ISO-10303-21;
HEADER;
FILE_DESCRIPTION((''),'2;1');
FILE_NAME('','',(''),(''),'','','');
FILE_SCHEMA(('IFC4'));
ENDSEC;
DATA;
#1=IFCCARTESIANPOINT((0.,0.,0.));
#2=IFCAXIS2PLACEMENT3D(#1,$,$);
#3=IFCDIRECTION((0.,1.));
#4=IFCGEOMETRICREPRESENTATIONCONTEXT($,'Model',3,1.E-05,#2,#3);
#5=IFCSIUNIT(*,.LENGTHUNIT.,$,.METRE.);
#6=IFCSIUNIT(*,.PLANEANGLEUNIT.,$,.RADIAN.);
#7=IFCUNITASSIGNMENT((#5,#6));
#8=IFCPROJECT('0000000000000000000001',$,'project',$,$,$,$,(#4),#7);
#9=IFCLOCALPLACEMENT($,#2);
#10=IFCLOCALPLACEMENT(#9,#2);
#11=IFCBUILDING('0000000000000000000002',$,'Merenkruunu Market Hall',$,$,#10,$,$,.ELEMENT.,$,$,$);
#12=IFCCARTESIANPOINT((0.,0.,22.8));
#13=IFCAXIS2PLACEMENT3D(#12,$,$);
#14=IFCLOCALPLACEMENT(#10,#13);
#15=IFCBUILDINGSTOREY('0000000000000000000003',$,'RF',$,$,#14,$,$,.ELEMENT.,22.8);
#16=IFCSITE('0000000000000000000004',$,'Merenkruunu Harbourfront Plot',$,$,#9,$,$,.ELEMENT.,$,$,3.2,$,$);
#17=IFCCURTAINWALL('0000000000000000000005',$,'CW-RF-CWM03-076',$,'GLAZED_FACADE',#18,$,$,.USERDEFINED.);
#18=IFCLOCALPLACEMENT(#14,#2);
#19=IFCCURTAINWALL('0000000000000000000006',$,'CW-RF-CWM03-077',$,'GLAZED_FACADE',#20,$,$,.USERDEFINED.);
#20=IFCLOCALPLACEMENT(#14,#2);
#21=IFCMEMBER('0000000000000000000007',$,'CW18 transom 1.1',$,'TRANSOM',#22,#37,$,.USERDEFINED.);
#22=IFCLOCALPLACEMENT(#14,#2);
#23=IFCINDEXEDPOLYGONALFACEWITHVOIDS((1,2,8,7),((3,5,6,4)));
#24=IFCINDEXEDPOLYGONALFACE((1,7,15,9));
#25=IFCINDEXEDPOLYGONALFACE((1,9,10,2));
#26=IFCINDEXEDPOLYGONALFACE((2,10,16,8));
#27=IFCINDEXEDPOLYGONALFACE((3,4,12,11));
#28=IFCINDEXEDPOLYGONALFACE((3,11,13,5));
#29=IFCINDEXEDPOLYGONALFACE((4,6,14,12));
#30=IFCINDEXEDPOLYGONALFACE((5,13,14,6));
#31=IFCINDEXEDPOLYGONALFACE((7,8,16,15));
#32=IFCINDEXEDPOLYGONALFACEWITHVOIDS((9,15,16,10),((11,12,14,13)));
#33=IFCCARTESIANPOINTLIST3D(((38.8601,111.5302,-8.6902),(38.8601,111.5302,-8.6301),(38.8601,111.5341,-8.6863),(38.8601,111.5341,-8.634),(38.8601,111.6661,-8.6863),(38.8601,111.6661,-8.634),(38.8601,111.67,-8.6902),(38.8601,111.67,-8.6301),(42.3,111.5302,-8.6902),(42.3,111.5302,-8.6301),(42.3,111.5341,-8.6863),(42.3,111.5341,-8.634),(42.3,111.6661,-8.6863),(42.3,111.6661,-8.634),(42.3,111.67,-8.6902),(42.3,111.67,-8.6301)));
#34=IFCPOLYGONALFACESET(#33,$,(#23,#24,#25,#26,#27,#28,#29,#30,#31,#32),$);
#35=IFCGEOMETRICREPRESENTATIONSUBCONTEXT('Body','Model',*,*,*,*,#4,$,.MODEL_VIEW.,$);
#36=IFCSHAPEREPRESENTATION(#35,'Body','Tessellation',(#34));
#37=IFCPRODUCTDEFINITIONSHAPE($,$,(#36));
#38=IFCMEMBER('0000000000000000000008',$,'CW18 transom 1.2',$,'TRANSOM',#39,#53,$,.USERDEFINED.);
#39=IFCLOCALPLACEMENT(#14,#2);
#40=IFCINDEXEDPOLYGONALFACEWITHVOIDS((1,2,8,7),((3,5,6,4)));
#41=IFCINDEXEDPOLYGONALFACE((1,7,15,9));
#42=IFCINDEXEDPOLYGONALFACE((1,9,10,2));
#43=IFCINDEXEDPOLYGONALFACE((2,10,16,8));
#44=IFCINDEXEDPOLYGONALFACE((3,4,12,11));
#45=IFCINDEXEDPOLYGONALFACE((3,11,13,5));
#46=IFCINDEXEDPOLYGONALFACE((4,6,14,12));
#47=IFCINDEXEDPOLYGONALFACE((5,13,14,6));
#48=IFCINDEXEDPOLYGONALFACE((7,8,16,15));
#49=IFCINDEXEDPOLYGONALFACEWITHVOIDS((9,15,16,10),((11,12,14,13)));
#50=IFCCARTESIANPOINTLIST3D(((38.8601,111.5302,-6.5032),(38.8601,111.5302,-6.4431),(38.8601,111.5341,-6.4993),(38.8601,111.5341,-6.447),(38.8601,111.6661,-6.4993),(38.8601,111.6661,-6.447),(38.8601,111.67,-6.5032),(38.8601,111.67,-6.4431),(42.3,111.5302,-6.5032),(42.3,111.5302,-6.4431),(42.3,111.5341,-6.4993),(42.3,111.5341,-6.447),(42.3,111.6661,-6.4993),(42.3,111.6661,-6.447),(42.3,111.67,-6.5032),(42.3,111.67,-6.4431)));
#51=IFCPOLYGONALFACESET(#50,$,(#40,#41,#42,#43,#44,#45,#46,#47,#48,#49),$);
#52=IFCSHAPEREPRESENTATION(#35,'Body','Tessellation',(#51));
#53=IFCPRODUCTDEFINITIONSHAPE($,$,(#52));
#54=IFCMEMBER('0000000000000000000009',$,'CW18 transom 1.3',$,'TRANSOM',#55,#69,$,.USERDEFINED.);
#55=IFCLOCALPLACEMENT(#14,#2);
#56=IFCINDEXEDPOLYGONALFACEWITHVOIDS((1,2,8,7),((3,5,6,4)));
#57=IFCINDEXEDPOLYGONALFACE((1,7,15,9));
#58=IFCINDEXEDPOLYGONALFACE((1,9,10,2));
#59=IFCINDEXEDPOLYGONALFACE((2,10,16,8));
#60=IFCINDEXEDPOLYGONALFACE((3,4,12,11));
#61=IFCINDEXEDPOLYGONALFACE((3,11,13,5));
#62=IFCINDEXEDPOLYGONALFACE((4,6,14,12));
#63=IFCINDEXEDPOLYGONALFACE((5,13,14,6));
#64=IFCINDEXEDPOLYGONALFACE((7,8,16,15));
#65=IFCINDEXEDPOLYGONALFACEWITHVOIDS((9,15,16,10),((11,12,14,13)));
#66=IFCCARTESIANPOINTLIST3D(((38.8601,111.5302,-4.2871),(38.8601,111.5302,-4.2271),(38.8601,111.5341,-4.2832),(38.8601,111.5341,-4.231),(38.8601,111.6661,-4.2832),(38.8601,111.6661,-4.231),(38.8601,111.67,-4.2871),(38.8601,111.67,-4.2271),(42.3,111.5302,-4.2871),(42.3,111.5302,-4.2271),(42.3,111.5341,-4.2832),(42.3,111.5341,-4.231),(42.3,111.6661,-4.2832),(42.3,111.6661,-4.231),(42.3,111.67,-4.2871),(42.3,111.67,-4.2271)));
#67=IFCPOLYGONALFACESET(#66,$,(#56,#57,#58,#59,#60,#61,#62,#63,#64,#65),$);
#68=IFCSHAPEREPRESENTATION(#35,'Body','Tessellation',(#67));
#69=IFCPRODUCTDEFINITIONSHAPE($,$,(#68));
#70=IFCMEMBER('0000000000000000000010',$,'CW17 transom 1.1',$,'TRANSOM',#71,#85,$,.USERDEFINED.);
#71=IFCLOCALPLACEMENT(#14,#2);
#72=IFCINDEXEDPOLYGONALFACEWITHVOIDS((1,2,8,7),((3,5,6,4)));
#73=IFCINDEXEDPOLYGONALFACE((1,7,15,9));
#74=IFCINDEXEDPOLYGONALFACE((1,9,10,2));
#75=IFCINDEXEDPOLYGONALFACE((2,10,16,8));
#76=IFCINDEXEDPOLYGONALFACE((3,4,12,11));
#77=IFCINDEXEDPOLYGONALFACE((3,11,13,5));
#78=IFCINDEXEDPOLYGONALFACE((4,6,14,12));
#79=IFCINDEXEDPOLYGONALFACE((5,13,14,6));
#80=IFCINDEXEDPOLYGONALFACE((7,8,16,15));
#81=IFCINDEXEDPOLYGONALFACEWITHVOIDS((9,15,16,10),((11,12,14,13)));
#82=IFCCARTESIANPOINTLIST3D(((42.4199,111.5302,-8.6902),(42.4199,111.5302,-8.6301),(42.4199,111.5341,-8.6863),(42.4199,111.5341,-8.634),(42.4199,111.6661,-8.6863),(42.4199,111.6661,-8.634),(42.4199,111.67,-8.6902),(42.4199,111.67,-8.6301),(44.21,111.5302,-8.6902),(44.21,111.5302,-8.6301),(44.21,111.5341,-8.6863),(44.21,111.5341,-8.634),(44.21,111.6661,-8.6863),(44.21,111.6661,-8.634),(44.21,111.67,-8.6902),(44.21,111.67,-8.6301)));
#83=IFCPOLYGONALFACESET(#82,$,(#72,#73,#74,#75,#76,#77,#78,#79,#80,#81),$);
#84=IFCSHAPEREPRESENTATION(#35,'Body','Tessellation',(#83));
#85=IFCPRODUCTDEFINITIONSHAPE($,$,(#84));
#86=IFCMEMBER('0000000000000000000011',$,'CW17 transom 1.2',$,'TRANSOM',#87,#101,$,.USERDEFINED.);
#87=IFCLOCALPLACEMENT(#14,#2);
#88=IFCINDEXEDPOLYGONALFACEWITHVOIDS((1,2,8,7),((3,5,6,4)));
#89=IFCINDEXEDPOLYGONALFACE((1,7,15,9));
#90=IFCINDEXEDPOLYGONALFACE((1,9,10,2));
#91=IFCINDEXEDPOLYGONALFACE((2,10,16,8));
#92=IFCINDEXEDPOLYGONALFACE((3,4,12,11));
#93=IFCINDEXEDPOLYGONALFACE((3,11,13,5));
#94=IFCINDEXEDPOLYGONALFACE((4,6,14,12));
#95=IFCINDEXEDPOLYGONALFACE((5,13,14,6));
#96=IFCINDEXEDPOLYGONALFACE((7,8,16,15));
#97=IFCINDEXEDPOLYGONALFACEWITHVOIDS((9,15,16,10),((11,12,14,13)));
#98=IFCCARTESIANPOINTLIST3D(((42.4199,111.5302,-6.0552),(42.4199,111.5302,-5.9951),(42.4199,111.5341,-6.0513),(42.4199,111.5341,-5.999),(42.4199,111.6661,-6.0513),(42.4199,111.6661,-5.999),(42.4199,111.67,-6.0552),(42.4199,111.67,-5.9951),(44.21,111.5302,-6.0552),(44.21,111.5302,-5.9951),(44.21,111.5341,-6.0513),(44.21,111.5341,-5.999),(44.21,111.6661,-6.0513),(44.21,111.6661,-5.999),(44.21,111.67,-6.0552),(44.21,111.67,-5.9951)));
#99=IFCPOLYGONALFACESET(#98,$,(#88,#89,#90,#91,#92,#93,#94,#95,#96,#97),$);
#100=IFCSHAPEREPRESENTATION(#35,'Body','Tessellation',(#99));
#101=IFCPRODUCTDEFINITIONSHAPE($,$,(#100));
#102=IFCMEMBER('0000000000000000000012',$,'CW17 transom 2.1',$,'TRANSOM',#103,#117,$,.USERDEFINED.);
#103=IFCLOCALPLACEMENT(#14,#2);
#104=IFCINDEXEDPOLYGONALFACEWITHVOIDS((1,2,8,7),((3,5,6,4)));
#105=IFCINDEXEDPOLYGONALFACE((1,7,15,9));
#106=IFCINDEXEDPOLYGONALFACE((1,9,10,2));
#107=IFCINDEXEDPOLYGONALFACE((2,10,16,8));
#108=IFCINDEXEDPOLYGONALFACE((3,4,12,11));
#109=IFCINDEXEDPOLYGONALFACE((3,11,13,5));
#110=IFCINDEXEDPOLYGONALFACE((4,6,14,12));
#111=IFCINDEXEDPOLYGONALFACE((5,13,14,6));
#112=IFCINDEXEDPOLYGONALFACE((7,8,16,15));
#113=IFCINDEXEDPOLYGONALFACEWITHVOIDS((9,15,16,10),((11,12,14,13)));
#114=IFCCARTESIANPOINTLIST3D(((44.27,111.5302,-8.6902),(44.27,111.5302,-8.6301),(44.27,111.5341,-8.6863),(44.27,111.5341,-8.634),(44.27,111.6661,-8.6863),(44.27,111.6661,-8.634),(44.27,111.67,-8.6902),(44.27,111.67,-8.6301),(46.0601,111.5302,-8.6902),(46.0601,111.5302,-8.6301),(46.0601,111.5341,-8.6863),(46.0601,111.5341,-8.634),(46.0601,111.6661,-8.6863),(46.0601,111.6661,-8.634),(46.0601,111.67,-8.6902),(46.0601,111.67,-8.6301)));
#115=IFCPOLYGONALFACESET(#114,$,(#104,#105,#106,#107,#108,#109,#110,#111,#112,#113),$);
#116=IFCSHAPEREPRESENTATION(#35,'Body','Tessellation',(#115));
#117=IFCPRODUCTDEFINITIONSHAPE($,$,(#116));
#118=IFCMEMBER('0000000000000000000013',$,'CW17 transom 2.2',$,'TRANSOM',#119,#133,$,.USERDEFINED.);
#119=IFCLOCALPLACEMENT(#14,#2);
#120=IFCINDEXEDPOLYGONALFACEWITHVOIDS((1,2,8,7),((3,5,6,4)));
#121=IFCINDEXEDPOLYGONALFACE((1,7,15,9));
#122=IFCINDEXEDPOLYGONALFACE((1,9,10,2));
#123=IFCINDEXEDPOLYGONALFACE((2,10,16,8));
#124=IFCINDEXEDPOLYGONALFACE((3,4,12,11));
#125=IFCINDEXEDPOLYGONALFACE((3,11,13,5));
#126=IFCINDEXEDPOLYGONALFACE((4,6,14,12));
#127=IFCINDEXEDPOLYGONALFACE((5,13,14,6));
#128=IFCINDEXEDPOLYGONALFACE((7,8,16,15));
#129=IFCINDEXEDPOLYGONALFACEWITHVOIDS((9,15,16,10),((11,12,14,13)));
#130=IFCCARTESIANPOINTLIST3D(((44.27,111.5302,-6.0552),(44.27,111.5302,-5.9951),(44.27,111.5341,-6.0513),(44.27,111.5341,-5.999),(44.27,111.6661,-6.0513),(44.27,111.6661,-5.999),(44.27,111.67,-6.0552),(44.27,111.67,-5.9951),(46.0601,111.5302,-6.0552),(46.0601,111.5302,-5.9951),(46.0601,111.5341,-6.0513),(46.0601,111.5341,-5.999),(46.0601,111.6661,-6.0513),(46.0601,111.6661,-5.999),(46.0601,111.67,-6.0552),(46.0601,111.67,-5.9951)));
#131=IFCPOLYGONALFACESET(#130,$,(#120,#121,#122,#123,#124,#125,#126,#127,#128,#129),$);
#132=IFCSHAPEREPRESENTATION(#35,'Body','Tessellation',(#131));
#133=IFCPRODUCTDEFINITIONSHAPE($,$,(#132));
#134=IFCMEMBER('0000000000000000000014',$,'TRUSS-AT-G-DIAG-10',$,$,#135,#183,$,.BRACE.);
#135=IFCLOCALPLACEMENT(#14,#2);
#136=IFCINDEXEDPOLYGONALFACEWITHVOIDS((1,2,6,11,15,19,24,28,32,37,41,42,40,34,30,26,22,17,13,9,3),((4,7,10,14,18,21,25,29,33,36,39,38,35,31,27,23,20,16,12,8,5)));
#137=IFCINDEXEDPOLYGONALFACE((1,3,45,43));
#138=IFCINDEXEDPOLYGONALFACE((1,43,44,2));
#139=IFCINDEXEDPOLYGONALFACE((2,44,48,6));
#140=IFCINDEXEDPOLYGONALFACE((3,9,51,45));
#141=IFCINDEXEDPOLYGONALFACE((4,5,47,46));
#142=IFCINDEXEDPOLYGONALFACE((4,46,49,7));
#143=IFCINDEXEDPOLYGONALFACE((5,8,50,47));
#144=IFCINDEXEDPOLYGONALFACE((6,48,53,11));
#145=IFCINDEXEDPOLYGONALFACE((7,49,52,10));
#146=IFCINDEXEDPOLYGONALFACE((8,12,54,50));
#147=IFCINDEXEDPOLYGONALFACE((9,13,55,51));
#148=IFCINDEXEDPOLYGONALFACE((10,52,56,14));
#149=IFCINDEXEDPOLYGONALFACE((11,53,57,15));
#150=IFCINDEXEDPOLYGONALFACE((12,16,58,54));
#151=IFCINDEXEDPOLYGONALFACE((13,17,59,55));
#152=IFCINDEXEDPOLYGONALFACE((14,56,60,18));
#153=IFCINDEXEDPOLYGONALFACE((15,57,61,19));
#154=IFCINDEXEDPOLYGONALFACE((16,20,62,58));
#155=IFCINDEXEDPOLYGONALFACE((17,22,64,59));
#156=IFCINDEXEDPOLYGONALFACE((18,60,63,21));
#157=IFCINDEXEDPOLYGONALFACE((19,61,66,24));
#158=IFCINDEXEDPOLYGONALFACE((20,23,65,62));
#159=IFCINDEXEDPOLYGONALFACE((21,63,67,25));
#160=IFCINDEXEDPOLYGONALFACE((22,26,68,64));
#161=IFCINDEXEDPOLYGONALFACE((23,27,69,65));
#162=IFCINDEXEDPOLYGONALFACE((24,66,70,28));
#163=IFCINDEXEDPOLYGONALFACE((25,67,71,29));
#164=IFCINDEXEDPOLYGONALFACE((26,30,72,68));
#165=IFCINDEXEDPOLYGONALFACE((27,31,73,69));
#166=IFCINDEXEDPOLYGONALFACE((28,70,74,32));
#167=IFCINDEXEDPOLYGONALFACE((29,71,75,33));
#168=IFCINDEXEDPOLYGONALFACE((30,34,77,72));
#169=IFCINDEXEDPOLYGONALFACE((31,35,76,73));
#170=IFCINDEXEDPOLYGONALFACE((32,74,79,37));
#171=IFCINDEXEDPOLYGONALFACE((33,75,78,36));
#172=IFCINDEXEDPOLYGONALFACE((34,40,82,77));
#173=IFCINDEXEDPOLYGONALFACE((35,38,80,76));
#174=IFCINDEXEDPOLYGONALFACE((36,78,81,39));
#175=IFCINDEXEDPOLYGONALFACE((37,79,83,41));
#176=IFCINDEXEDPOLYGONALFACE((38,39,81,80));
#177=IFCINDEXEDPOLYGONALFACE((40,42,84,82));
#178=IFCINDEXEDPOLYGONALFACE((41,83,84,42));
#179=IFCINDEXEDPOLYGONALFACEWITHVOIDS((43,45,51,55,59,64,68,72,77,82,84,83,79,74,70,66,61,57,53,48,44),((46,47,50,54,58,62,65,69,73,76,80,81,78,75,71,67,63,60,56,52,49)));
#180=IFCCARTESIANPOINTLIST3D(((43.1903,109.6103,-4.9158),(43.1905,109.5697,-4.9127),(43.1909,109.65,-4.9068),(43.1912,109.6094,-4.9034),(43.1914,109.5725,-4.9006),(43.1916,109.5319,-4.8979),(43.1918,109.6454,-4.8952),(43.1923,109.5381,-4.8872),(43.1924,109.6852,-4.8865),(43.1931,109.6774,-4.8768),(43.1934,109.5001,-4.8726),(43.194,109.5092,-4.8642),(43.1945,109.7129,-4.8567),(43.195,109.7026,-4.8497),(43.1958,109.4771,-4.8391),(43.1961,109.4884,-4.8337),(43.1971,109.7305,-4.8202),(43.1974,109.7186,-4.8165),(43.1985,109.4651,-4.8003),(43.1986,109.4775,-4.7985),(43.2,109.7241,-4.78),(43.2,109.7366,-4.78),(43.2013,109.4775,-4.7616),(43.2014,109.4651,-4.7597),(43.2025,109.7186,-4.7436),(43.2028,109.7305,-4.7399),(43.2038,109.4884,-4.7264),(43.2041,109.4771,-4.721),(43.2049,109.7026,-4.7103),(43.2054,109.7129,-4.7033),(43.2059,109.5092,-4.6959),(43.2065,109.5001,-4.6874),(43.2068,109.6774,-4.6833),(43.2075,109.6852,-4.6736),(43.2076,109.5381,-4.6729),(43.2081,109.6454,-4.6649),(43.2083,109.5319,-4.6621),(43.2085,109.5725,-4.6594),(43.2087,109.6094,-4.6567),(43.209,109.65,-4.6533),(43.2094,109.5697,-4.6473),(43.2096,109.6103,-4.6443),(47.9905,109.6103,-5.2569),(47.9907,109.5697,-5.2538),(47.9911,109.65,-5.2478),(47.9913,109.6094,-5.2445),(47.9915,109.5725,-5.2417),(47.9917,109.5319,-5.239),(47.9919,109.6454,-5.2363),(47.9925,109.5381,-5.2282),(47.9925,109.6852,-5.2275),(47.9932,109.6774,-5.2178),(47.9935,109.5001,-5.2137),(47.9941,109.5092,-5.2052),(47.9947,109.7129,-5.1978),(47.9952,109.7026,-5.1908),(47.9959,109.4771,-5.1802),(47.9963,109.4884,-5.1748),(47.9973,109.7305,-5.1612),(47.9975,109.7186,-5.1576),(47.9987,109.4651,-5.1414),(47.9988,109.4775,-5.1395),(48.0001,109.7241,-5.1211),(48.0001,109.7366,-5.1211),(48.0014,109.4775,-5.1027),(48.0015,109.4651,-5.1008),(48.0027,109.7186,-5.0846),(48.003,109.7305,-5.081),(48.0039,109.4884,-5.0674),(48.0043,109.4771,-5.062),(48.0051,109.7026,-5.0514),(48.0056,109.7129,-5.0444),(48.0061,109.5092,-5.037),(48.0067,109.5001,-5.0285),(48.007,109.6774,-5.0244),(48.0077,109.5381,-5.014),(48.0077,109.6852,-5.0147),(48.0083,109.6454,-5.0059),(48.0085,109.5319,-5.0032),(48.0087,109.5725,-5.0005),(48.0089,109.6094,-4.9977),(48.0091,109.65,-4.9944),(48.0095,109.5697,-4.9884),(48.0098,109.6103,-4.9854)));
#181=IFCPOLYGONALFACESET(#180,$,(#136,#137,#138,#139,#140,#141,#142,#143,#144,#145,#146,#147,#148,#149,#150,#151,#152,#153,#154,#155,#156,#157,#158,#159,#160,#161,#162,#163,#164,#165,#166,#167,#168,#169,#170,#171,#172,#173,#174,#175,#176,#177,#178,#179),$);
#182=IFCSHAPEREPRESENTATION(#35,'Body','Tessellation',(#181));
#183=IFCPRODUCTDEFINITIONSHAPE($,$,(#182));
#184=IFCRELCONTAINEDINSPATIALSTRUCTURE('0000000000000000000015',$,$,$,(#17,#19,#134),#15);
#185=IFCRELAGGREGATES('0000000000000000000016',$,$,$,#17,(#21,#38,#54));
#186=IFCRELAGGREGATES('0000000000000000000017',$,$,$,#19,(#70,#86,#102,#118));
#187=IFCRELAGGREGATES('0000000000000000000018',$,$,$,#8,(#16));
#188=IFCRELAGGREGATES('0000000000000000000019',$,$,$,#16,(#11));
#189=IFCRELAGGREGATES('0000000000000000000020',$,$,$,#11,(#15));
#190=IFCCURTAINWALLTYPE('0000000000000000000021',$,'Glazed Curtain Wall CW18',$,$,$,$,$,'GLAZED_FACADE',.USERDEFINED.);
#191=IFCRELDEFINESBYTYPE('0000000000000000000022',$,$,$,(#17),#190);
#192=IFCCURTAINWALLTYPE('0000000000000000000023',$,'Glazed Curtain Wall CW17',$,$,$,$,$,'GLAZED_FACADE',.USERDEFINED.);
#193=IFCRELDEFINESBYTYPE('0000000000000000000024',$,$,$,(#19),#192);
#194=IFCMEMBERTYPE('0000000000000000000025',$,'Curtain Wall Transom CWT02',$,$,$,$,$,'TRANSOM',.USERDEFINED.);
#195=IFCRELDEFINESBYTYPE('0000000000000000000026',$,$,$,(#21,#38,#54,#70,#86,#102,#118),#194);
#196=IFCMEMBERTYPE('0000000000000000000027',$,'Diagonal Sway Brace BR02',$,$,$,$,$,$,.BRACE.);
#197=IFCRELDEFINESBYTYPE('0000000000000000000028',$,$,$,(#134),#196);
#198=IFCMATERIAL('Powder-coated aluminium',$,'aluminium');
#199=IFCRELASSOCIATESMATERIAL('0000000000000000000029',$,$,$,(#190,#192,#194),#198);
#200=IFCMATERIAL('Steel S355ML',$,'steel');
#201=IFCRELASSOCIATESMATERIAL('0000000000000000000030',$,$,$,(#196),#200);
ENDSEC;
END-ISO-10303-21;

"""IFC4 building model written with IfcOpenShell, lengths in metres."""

from ifc_helpers import new_model, si_unit, direction, frame, origin, origin_2d, place, context, subcontext, project, spatial, hollow_rectangle, hollow_circle, extrude, material, material_profile, profile_set, type_object, element, aggregate, save


model = new_model("IFC4")

# Units and contexts
model_context = context("Model", 3, precision=1e-05, world=origin(), true_north=direction((0.0, 1.0)))
body_context = subcontext(model_context, "Body", "Model", "MODEL_VIEW")
ifc_project = project(units=[si_unit("LENGTHUNIT", "METRE"), si_unit("PLANEANGLEUNIT", "RADIAN")], contexts=[model_context])

# Site, building, storey
site_placement = place(None, origin())
site = spatial("IfcSite", under=ifc_project, at=site_placement, Name="Merenkruunu Harbourfront Plot", CompositionType="ELEMENT", RefElevation=3.2)
building_placement = place(site_placement, origin())
building = spatial("IfcBuilding", under=site, at=building_placement, Name="Merenkruunu Market Hall", CompositionType="ELEMENT")
storey_placement = place(building_placement, frame((0.0, 0.0, 22.8)))
storey = spatial("IfcBuildingStorey", under=building, at=storey_placement, Name="RF", CompositionType="ELEMENT", Elevation=22.8)

# Shared definitions
ifc_material_1 = material(Name="Steel S355ML", Category="steel")

# Shared definitions
ifc_material_2 = material(Name="Powder-coated aluminium", Category="aluminium")
curtain_wall_type_1 = type_object("IfcCurtainWallType", Name="Glazed Curtain Wall CW18", ElementType="GLAZED_FACADE", PredefinedType="USERDEFINED", material=ifc_material_2)

# Curtain walls
curtain_wall_1_placement = place(storey_placement, origin())
curtain_wall_1 = element("IfcCurtainWall", 1, at=curtain_wall_1_placement, inside=storey, type_object=curtain_wall_type_1, Name="CW-RF-CWM03-076", ObjectType="GLAZED_FACADE", PredefinedType="USERDEFINED")
curtain_wall_type_2 = type_object("IfcCurtainWallType", Name="Glazed Curtain Wall CW17", ElementType="GLAZED_FACADE", PredefinedType="USERDEFINED", material=ifc_material_2)
curtain_wall_2_placement = place(storey_placement, origin())
curtain_wall_2 = element("IfcCurtainWall", 2, at=curtain_wall_2_placement, inside=storey, type_object=curtain_wall_type_2, Name="CW-RF-CWM03-077", ObjectType="GLAZED_FACADE", PredefinedType="USERDEFINED")

# Members
ifc_material_profile_1 = material_profile(ifc_material_2, hollow_rectangle(XDim=0.0601, YDim=0.1399, WallThickness=0.0039, at=origin_2d()), Name="ALU 60x140x4")
ifc_profile_set_1 = profile_set([ifc_material_profile_1], Name="Powder-coated aluminium")
member_type_1 = type_object("IfcMemberType", Name="Curtain Wall Transom CWT02", ElementType="TRANSOM", PredefinedType="USERDEFINED", material=ifc_profile_set_1)
member_1_placement = place(storey_placement, frame((38.8601, 111.6001, -8.6602), z_axis=(1.0, 0.0, 0.0), x_axis=(0.0, 0.0, 1.0)))
member_1 = element("IfcMember", 3, at=member_1_placement, type_object=member_type_1, Name="CW18 transom 1.1", ObjectType="TRANSOM", PredefinedType="USERDEFINED", context=body_context, shape_type="SweptSolid", body=[
    extrude(hollow_rectangle(XDim=0.0601, YDim=0.1399, WallThickness=0.0039, at=origin_2d()), origin(), (0.0, 0.0, 1.0), 3.4399),
])
member_2_placement = place(storey_placement, frame((38.8601, 111.6001, -6.4731), z_axis=(1.0, 0.0, 0.0), x_axis=(0.0, 0.0, 1.0)))
member_2 = element("IfcMember", 4, at=member_2_placement, type_object=member_type_1, Name="CW18 transom 1.2", ObjectType="TRANSOM", PredefinedType="USERDEFINED", context=body_context, shape_type="SweptSolid", body=[
    extrude(hollow_rectangle(XDim=0.0601, YDim=0.1399, WallThickness=0.0039, at=origin_2d()), origin(), (0.0, 0.0, 1.0), 3.4399),
])
member_3_placement = place(storey_placement, frame((38.8601, 111.6001, -4.2571), z_axis=(1.0, 0.0, 0.0), x_axis=(0.0, 0.0, 1.0)))
member_3 = element("IfcMember", 5, at=member_3_placement, type_object=member_type_1, Name="CW18 transom 1.3", ObjectType="TRANSOM", PredefinedType="USERDEFINED", context=body_context, shape_type="SweptSolid", body=[
    extrude(hollow_rectangle(XDim=0.0601, YDim=0.1399, WallThickness=0.0039, at=origin_2d()), origin(), (0.0, 0.0, 1.0), 3.4399),
])
member_4_placement = place(storey_placement, frame((42.4199, 111.6001, -8.6602), z_axis=(1.0, 0.0, 0.0), x_axis=(0.0, 0.0, 1.0)))
member_4 = element("IfcMember", 6, at=member_4_placement, type_object=member_type_1, Name="CW17 transom 1.1", ObjectType="TRANSOM", PredefinedType="USERDEFINED", context=body_context, shape_type="SweptSolid", body=[
    extrude(hollow_rectangle(XDim=0.0601, YDim=0.1399, WallThickness=0.0039, at=origin_2d()), origin(), (0.0, 0.0, 1.0), 1.79),
])
member_5_placement = place(storey_placement, frame((42.4199, 111.6001, -6.0251), z_axis=(1.0, 0.0, 0.0), x_axis=(0.0, 0.0, 1.0)))
member_5 = element("IfcMember", 7, at=member_5_placement, type_object=member_type_1, Name="CW17 transom 1.2", ObjectType="TRANSOM", PredefinedType="USERDEFINED", context=body_context, shape_type="SweptSolid", body=[
    extrude(hollow_rectangle(XDim=0.0601, YDim=0.1399, WallThickness=0.0039, at=origin_2d()), origin(), (0.0, 0.0, 1.0), 1.79),
])
member_6_placement = place(storey_placement, frame((44.27, 111.6001, -8.6602), z_axis=(1.0, 0.0, 0.0), x_axis=(0.0, 0.0, 1.0)))
member_6 = element("IfcMember", 8, at=member_6_placement, type_object=member_type_1, Name="CW17 transom 2.1", ObjectType="TRANSOM", PredefinedType="USERDEFINED", context=body_context, shape_type="SweptSolid", body=[
    extrude(hollow_rectangle(XDim=0.0601, YDim=0.1399, WallThickness=0.0039, at=origin_2d()), origin(), (0.0, 0.0, 1.0), 1.79),
])
member_7_placement = place(storey_placement, frame((44.27, 111.6001, -6.0251), z_axis=(1.0, 0.0, 0.0), x_axis=(0.0, 0.0, 1.0)))
member_7 = element("IfcMember", 9, at=member_7_placement, type_object=member_type_1, Name="CW17 transom 2.2", ObjectType="TRANSOM", PredefinedType="USERDEFINED", context=body_context, shape_type="SweptSolid", body=[
    extrude(hollow_rectangle(XDim=0.0601, YDim=0.1399, WallThickness=0.0039, at=origin_2d()), origin(), (0.0, 0.0, 1.0), 1.79),
])

# Member
ifc_material_profile_2 = material_profile(ifc_material_1, hollow_circle(Radius=0.1365, WallThickness=0.0125, at=origin_2d()), Name="CHS 273x12.5")
ifc_profile_set_2 = profile_set([ifc_material_profile_2], Name="Steel S355ML")
member_type_2 = type_object("IfcMemberType", Name="Diagonal Sway Brace BR02", PredefinedType="BRACE", material=ifc_profile_set_2)
member_8_placement = place(storey_placement, frame((43.2, 109.6001, -4.78), z_axis=(0.997485, 0.0, -0.070876), x_axis=(0.0, 1.0, 0.0)))
element("IfcMember", 10, at=member_8_placement, inside=storey, type_object=member_type_2, Name="TRUSS-AT-G-DIAG-10", PredefinedType="BRACE", context=body_context, shape_type="SweptSolid", body=[
    extrude(hollow_circle(Radius=0.1365, WallThickness=0.0125, at=origin_2d()), origin(), (0.0, 0.0, 1.0), 4.8123),
])

aggregate(curtain_wall_1, [member_1, member_2, member_3])
aggregate(curtain_wall_2, [member_4, member_5, member_6, member_7])

save(model, "model.ifc")
